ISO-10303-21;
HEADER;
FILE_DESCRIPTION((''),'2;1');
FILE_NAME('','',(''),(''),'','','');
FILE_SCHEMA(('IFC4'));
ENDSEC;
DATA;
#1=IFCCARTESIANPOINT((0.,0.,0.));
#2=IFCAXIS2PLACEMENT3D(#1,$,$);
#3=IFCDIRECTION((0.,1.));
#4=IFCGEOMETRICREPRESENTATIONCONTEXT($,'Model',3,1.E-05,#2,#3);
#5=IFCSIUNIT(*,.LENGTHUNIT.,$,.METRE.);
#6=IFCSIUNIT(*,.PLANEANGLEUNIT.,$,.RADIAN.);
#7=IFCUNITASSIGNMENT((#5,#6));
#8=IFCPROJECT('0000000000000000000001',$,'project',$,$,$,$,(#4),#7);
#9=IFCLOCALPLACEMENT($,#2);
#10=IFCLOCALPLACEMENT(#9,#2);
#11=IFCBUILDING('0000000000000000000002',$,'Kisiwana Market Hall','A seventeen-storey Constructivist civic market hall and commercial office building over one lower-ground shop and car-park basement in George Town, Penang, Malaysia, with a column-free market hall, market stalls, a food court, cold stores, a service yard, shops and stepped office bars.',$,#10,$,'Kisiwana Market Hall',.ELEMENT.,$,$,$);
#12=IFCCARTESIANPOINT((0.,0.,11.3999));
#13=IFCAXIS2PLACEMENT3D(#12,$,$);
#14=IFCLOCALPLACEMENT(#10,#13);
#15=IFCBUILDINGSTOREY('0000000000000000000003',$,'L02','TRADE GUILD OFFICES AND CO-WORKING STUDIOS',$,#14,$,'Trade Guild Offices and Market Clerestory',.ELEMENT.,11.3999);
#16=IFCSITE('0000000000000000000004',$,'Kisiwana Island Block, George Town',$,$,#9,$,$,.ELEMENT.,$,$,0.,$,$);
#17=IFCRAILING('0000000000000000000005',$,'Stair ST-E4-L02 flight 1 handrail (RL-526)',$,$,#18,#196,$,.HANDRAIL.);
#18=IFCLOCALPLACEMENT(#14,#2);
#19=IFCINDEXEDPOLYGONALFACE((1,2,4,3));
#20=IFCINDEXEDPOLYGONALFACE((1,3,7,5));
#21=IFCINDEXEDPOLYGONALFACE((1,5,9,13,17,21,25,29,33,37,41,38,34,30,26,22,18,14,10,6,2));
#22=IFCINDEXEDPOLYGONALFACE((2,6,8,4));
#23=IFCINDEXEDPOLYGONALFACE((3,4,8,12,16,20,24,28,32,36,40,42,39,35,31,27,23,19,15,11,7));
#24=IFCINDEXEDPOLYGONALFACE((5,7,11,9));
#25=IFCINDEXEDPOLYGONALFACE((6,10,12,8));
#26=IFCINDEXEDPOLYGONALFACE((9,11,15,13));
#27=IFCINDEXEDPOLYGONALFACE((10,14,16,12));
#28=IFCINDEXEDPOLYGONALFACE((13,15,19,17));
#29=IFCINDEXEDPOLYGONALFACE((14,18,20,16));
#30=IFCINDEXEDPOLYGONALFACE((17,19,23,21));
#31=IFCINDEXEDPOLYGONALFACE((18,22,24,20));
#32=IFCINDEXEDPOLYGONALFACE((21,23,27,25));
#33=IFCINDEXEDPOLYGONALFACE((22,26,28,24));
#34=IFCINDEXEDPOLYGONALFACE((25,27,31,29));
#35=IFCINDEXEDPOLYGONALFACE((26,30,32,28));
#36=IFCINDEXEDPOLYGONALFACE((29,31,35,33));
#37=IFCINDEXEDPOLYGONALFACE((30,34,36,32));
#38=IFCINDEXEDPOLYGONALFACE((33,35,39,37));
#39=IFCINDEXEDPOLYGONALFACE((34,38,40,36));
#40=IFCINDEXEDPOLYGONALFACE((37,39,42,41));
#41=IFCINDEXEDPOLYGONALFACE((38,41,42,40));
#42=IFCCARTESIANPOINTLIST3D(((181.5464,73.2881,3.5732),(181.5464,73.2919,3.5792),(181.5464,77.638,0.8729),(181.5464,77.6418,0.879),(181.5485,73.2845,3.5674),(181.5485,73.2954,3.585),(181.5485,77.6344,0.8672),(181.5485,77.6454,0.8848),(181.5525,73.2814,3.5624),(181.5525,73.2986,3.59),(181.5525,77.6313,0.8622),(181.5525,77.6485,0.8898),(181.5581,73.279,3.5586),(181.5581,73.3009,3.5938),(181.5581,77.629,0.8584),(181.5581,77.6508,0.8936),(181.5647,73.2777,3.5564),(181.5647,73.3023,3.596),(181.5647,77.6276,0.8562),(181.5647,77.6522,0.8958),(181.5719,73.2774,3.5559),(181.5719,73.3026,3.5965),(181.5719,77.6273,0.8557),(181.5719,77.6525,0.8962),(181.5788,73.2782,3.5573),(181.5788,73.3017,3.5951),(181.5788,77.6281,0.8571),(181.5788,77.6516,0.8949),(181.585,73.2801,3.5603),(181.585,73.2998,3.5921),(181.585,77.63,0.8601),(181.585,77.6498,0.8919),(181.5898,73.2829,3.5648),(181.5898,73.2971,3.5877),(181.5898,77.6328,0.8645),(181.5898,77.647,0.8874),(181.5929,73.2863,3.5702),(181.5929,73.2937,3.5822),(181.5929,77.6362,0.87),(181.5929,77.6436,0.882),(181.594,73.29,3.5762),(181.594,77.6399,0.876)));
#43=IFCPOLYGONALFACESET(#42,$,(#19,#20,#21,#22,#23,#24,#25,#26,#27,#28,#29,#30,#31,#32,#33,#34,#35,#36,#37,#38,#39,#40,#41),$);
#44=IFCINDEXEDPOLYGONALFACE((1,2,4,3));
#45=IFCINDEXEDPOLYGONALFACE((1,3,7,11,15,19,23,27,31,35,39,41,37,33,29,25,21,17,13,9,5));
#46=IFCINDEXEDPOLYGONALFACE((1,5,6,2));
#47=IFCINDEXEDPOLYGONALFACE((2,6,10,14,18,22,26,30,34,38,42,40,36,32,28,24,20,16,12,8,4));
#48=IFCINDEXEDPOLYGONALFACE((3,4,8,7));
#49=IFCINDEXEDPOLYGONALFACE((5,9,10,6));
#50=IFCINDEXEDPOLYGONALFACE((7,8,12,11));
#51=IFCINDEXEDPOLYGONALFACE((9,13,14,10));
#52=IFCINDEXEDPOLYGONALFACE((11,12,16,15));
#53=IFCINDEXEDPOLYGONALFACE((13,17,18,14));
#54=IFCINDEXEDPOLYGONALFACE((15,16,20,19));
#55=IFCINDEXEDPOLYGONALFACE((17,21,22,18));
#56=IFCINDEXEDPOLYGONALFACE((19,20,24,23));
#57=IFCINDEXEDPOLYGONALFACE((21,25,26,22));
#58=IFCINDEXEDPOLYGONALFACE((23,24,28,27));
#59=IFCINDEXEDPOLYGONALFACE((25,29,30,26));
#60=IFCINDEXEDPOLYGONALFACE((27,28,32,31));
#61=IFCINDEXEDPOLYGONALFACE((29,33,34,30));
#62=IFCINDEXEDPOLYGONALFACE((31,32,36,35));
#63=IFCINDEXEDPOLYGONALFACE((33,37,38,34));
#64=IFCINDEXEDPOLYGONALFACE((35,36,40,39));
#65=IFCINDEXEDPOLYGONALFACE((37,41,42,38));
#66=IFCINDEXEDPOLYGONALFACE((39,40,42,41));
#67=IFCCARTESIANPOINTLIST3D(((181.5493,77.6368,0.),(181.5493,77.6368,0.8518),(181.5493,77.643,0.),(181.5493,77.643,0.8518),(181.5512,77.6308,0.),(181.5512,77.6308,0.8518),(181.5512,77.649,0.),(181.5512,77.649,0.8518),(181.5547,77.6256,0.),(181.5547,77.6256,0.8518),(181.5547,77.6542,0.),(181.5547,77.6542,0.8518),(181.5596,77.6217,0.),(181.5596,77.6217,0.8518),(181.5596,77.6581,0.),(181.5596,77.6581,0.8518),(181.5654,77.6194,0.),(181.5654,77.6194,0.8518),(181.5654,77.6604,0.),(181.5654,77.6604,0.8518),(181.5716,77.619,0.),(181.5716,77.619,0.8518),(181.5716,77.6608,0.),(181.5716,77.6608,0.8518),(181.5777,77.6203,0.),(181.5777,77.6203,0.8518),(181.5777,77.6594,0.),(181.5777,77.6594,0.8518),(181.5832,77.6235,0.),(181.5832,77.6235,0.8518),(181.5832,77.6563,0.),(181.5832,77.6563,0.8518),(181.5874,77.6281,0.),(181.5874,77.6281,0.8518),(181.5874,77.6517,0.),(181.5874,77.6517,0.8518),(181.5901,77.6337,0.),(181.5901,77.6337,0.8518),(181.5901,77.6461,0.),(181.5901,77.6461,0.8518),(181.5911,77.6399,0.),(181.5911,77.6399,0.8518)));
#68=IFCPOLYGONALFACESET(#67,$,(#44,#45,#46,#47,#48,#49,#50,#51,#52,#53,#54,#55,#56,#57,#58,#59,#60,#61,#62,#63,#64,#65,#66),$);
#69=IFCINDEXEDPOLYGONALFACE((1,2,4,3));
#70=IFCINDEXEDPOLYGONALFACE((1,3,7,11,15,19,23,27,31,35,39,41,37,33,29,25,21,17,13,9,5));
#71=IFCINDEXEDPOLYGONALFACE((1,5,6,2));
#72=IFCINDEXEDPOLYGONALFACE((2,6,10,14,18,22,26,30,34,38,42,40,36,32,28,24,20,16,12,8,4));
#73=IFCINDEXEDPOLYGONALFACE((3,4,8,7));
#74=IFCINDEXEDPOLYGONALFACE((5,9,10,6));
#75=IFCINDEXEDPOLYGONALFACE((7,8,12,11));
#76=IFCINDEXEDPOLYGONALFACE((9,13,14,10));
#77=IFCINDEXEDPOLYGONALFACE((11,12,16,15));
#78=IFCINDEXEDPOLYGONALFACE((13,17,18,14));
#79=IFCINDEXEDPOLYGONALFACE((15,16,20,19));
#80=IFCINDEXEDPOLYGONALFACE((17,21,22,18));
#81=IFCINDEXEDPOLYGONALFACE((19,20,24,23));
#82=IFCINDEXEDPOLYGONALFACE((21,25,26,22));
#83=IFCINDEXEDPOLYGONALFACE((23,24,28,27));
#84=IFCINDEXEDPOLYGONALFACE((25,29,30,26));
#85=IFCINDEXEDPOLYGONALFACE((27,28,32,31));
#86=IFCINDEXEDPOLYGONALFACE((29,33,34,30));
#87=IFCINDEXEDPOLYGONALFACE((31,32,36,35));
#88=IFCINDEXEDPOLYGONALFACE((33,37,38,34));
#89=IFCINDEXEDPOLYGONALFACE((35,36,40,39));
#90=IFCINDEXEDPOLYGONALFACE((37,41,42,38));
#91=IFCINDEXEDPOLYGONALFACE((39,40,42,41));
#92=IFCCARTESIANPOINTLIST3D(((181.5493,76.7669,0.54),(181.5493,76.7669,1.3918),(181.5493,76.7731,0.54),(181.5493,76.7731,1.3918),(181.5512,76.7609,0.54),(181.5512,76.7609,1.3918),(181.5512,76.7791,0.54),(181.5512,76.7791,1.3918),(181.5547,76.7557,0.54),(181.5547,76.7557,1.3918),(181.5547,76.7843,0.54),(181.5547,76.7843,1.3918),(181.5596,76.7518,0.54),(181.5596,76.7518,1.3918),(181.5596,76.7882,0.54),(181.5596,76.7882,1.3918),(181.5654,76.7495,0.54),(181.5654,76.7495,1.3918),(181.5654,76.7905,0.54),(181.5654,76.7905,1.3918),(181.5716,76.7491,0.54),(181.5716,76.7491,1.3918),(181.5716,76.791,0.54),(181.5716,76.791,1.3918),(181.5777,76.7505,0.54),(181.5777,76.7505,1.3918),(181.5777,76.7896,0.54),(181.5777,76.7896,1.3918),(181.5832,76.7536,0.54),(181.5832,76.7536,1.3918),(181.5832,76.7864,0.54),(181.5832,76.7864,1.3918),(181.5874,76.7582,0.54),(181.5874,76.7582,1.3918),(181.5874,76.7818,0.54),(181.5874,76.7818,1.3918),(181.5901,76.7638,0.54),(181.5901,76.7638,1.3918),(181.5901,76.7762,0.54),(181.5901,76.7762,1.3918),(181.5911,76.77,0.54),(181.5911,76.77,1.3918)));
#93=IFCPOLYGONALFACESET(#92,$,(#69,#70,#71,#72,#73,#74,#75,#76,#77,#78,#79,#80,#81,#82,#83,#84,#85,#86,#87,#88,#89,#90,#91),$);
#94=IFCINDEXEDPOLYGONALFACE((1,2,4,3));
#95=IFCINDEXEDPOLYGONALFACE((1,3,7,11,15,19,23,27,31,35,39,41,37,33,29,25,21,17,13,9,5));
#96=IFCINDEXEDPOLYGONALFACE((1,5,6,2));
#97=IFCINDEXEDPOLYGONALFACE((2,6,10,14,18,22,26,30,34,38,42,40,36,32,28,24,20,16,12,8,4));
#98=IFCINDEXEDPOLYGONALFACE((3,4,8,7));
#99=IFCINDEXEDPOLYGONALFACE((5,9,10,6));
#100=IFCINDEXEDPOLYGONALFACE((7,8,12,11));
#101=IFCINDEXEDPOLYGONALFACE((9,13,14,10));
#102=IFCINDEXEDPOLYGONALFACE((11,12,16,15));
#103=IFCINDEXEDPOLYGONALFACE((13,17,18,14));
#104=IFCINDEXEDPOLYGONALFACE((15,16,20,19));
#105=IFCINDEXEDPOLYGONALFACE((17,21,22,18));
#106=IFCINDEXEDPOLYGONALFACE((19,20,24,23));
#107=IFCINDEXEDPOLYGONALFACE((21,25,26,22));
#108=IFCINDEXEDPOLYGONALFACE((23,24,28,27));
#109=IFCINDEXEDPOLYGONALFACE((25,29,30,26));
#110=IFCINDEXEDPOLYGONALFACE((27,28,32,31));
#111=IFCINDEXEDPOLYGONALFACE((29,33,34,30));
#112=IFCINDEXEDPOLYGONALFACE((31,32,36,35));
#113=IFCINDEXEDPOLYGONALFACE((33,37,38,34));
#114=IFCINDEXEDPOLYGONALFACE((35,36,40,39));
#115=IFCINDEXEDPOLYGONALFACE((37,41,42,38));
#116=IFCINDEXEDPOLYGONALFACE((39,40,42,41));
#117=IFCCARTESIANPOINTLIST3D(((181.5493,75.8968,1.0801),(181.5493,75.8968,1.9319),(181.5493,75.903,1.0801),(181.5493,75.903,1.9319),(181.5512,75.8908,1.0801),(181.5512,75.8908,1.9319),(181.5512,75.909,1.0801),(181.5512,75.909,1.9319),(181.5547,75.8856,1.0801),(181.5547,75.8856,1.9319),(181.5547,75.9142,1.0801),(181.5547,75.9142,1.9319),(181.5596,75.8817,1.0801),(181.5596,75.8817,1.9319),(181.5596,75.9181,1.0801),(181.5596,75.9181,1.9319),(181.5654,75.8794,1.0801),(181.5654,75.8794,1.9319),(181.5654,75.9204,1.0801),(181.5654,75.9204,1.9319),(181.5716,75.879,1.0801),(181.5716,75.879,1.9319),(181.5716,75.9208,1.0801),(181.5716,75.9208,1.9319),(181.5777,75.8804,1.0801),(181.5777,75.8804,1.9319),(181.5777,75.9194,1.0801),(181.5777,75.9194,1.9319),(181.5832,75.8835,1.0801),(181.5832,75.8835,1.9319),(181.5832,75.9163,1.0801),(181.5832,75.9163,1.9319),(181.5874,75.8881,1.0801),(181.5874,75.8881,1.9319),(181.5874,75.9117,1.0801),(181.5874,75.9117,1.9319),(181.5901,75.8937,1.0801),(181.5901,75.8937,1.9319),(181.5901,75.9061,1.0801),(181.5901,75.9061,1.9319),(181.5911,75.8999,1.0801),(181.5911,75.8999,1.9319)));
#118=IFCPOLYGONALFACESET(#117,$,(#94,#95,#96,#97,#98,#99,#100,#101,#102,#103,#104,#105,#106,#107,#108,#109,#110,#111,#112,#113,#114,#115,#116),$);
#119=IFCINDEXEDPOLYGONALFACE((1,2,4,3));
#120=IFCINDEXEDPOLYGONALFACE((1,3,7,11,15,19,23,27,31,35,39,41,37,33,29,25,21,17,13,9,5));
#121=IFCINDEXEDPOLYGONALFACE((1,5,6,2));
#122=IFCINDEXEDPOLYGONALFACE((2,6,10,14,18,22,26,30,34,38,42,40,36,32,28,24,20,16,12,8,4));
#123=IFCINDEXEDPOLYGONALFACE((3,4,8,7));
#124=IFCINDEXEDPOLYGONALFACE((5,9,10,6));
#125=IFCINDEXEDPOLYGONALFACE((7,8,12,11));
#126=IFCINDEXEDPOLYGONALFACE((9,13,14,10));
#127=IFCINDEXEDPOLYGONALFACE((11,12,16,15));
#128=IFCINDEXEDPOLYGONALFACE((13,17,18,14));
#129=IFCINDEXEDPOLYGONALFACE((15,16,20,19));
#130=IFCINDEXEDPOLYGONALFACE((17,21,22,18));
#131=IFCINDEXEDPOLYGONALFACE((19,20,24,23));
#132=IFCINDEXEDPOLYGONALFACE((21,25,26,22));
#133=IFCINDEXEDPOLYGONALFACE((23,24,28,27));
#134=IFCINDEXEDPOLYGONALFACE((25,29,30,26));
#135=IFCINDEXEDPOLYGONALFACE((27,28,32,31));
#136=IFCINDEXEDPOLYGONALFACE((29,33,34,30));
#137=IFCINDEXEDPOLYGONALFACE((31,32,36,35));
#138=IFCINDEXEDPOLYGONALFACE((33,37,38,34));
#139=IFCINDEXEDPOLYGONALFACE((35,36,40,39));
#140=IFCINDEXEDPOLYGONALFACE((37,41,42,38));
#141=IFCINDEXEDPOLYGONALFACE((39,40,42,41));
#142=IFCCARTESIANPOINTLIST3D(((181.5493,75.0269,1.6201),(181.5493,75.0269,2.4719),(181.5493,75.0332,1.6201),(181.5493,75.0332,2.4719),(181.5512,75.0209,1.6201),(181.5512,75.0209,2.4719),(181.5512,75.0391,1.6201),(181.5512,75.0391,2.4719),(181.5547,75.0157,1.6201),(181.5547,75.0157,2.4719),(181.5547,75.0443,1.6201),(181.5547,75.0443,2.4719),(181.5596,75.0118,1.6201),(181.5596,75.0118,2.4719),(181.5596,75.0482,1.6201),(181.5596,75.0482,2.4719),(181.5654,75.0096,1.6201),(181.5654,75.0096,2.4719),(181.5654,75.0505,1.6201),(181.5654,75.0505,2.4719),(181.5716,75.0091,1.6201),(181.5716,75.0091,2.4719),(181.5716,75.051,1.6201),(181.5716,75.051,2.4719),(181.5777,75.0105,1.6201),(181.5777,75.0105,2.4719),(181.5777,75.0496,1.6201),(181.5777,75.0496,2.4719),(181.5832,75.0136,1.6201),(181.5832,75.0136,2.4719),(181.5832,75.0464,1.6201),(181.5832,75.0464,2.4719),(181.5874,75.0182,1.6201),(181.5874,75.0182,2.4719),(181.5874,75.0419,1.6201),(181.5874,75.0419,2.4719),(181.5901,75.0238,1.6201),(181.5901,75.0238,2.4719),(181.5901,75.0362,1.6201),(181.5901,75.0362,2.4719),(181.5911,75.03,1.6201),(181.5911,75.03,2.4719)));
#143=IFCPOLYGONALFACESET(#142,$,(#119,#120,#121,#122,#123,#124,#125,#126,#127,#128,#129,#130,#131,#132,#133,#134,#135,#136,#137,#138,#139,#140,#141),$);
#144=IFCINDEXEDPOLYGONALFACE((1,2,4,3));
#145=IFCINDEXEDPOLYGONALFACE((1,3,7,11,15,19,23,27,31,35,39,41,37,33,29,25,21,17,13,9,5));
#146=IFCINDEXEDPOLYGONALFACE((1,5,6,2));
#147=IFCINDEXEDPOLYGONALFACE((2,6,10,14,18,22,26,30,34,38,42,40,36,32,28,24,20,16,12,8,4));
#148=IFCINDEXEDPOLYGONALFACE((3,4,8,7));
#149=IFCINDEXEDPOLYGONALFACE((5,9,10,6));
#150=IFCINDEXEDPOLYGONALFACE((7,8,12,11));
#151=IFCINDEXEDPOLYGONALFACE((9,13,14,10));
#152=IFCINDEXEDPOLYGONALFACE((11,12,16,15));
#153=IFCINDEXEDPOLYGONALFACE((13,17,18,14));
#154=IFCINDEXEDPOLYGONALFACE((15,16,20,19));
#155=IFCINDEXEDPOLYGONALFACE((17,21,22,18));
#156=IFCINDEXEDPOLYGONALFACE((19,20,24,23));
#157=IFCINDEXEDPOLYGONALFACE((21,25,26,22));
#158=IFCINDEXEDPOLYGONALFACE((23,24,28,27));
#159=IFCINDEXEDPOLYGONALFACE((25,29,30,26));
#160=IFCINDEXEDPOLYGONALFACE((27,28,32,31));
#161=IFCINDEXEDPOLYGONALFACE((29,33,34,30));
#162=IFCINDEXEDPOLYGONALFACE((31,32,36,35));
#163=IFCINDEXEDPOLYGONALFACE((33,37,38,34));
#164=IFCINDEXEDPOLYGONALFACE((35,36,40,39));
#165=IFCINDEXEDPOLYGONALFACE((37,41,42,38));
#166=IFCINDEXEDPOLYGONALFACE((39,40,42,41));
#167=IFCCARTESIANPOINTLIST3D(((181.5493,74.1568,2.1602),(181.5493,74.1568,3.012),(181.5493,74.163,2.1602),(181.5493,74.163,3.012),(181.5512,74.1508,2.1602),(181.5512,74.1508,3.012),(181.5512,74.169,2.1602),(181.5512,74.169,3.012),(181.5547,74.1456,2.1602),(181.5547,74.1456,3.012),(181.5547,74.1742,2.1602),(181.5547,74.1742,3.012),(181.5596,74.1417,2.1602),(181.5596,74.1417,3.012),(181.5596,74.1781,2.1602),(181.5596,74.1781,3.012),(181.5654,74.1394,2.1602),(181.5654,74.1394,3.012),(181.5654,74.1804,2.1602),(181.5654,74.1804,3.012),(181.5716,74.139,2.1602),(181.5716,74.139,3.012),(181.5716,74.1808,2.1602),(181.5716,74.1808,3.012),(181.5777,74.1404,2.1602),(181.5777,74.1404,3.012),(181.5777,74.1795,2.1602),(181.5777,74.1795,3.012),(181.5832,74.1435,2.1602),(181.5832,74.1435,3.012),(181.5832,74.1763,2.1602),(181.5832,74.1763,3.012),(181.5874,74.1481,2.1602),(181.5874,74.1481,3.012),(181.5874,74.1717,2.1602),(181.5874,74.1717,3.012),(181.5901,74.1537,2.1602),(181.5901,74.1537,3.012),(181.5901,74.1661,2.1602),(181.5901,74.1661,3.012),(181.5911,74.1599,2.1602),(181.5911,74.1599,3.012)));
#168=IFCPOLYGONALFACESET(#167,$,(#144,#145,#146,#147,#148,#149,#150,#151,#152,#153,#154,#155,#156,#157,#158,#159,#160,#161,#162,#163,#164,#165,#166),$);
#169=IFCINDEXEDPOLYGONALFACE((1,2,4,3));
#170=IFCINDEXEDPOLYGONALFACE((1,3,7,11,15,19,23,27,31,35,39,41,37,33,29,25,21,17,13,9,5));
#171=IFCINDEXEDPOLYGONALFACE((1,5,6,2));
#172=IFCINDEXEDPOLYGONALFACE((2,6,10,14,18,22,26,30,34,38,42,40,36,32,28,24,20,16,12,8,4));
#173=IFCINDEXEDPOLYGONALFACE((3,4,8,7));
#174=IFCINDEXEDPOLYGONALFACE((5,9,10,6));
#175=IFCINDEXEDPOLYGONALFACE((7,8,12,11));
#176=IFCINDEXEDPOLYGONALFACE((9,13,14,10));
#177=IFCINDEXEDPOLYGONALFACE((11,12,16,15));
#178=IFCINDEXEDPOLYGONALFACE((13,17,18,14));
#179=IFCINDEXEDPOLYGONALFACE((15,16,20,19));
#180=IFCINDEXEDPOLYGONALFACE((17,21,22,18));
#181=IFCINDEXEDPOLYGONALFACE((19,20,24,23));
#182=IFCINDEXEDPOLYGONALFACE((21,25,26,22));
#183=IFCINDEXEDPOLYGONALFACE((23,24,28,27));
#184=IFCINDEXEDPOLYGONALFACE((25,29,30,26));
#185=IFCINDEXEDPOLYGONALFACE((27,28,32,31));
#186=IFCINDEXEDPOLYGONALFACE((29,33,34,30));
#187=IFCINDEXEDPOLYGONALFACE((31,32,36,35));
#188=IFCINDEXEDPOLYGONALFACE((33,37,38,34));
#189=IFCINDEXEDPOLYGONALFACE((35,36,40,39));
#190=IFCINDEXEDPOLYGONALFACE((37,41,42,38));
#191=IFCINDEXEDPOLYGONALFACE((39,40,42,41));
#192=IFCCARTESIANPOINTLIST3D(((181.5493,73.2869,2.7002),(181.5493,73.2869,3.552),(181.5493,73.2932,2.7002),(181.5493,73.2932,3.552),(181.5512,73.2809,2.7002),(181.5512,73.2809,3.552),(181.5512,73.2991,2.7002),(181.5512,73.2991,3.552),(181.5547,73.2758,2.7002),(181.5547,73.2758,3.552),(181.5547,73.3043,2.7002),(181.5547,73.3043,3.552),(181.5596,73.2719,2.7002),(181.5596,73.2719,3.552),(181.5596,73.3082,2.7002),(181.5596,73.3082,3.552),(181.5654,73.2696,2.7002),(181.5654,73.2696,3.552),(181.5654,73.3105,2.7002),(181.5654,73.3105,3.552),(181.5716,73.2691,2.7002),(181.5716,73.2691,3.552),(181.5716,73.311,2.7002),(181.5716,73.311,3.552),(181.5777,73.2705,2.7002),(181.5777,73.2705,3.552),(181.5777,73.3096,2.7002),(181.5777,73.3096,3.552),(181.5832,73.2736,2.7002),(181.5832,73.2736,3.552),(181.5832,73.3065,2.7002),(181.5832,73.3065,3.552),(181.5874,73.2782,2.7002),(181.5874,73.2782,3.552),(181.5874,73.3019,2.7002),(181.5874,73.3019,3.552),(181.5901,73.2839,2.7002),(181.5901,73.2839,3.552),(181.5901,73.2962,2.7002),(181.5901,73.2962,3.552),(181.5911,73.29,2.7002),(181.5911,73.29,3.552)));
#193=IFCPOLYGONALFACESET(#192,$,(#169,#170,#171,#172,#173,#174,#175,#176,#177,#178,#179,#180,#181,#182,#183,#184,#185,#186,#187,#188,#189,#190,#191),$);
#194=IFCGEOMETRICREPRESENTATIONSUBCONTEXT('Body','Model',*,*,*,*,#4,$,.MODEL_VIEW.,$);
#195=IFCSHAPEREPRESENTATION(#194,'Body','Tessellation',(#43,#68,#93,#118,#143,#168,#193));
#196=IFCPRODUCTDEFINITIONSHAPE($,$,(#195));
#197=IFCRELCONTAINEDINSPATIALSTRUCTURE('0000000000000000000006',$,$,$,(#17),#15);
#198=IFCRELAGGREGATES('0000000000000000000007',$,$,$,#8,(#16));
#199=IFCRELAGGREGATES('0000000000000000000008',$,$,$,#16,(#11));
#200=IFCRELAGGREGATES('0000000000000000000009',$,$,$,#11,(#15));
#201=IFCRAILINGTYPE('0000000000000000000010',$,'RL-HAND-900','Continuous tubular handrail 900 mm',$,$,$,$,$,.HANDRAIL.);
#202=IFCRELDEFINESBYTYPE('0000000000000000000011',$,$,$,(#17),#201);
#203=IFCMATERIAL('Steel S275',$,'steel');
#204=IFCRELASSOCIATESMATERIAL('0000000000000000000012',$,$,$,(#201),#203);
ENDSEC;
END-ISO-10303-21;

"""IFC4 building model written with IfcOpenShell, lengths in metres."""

from ifc_helpers import new_model, si_unit, direction, frame, origin, origin_2d, place, context, subcontext, project, spatial, circle, extrude, material, type_object, element, save


model = new_model("IFC4")

# Units and contexts
model_context = context("Model", 3, precision=1e-05, world=origin(), true_north=direction((0.0, 1.0)))
body_context = subcontext(model_context, "Body", "Model", "MODEL_VIEW")
ifc_project = project(units=[si_unit("LENGTHUNIT", "METRE"), si_unit("PLANEANGLEUNIT", "RADIAN")], contexts=[model_context])

# Site, building, storey
site_placement = place(None, origin())
site = spatial("IfcSite", under=ifc_project, at=site_placement, Name="Kisiwana Island Block, George Town", CompositionType="ELEMENT", RefElevation=0.0)
building_placement = place(site_placement, origin())
building = spatial("IfcBuilding", under=site, at=building_placement, Name="Kisiwana Market Hall", Description="A seventeen-storey Constructivist civic market hall and commercial office building over one lower-ground shop and car-park basement in George Town, Penang, Malaysia, with a column-free market hall, market stalls, a food court, cold stores, a service yard, shops and stepped office bars.", LongName="Kisiwana Market Hall", CompositionType="ELEMENT")
storey_placement = place(building_placement, frame((0.0, 0.0, 11.3999)))
storey = spatial("IfcBuildingStorey", under=building, at=storey_placement, Name="L02", Description="TRADE GUILD OFFICES AND CO-WORKING STUDIOS", LongName="Trade Guild Offices and Market Clerestory", CompositionType="ELEMENT", Elevation=11.3999)

# Railing
ifc_material_1 = material(Name="Steel S275", Category="steel")
railing_type_1 = type_object("IfcRailingType", Name="RL-HAND-900", Description="Continuous tubular handrail 900 mm", PredefinedType="HANDRAIL", material=ifc_material_1)
railing_1_placement = place(storey_placement, frame((181.5701, 77.6399, 0.0)))
element("IfcRailing", 1, at=railing_1_placement, inside=storey, type_object=railing_type_1, Name="Stair ST-E4-L02 flight 1 handrail (RL-526)", PredefinedType="HANDRAIL", context=body_context, shape_type="SweptSolid", body=[
    extrude(circle(Radius=0.0239, at=origin_2d()), frame((0.0, 0.0, 0.876), z_axis=(0.0, -0.849615, 0.527403), x_axis=(1.0, 0.0, 0.0)), (0.0, 0.0, 1.0), 5.1199),
    extrude(circle(Radius=0.021, at=origin_2d()), origin(), (0.0, 0.0, 1.0), 0.8518),
    extrude(circle(Radius=0.021, at=origin_2d()), frame((0.0, -0.8699, 0.54)), (0.0, 0.0, 1.0), 0.8518),
    extrude(circle(Radius=0.021, at=origin_2d()), frame((0.0, -1.74, 1.0801)), (0.0, 0.0, 1.0), 0.8518),
    extrude(circle(Radius=0.021, at=origin_2d()), frame((0.0, -2.6099, 1.6201)), (0.0, 0.0, 1.0), 0.8518),
    extrude(circle(Radius=0.021, at=origin_2d()), frame((0.0, -3.48, 2.1602)), (0.0, 0.0, 1.0), 0.8518),
    extrude(circle(Radius=0.021, at=origin_2d()), frame((0.0, -4.3499, 2.7002)), (0.0, 0.0, 1.0), 0.8518),
])

save(model, "model.ifc")
